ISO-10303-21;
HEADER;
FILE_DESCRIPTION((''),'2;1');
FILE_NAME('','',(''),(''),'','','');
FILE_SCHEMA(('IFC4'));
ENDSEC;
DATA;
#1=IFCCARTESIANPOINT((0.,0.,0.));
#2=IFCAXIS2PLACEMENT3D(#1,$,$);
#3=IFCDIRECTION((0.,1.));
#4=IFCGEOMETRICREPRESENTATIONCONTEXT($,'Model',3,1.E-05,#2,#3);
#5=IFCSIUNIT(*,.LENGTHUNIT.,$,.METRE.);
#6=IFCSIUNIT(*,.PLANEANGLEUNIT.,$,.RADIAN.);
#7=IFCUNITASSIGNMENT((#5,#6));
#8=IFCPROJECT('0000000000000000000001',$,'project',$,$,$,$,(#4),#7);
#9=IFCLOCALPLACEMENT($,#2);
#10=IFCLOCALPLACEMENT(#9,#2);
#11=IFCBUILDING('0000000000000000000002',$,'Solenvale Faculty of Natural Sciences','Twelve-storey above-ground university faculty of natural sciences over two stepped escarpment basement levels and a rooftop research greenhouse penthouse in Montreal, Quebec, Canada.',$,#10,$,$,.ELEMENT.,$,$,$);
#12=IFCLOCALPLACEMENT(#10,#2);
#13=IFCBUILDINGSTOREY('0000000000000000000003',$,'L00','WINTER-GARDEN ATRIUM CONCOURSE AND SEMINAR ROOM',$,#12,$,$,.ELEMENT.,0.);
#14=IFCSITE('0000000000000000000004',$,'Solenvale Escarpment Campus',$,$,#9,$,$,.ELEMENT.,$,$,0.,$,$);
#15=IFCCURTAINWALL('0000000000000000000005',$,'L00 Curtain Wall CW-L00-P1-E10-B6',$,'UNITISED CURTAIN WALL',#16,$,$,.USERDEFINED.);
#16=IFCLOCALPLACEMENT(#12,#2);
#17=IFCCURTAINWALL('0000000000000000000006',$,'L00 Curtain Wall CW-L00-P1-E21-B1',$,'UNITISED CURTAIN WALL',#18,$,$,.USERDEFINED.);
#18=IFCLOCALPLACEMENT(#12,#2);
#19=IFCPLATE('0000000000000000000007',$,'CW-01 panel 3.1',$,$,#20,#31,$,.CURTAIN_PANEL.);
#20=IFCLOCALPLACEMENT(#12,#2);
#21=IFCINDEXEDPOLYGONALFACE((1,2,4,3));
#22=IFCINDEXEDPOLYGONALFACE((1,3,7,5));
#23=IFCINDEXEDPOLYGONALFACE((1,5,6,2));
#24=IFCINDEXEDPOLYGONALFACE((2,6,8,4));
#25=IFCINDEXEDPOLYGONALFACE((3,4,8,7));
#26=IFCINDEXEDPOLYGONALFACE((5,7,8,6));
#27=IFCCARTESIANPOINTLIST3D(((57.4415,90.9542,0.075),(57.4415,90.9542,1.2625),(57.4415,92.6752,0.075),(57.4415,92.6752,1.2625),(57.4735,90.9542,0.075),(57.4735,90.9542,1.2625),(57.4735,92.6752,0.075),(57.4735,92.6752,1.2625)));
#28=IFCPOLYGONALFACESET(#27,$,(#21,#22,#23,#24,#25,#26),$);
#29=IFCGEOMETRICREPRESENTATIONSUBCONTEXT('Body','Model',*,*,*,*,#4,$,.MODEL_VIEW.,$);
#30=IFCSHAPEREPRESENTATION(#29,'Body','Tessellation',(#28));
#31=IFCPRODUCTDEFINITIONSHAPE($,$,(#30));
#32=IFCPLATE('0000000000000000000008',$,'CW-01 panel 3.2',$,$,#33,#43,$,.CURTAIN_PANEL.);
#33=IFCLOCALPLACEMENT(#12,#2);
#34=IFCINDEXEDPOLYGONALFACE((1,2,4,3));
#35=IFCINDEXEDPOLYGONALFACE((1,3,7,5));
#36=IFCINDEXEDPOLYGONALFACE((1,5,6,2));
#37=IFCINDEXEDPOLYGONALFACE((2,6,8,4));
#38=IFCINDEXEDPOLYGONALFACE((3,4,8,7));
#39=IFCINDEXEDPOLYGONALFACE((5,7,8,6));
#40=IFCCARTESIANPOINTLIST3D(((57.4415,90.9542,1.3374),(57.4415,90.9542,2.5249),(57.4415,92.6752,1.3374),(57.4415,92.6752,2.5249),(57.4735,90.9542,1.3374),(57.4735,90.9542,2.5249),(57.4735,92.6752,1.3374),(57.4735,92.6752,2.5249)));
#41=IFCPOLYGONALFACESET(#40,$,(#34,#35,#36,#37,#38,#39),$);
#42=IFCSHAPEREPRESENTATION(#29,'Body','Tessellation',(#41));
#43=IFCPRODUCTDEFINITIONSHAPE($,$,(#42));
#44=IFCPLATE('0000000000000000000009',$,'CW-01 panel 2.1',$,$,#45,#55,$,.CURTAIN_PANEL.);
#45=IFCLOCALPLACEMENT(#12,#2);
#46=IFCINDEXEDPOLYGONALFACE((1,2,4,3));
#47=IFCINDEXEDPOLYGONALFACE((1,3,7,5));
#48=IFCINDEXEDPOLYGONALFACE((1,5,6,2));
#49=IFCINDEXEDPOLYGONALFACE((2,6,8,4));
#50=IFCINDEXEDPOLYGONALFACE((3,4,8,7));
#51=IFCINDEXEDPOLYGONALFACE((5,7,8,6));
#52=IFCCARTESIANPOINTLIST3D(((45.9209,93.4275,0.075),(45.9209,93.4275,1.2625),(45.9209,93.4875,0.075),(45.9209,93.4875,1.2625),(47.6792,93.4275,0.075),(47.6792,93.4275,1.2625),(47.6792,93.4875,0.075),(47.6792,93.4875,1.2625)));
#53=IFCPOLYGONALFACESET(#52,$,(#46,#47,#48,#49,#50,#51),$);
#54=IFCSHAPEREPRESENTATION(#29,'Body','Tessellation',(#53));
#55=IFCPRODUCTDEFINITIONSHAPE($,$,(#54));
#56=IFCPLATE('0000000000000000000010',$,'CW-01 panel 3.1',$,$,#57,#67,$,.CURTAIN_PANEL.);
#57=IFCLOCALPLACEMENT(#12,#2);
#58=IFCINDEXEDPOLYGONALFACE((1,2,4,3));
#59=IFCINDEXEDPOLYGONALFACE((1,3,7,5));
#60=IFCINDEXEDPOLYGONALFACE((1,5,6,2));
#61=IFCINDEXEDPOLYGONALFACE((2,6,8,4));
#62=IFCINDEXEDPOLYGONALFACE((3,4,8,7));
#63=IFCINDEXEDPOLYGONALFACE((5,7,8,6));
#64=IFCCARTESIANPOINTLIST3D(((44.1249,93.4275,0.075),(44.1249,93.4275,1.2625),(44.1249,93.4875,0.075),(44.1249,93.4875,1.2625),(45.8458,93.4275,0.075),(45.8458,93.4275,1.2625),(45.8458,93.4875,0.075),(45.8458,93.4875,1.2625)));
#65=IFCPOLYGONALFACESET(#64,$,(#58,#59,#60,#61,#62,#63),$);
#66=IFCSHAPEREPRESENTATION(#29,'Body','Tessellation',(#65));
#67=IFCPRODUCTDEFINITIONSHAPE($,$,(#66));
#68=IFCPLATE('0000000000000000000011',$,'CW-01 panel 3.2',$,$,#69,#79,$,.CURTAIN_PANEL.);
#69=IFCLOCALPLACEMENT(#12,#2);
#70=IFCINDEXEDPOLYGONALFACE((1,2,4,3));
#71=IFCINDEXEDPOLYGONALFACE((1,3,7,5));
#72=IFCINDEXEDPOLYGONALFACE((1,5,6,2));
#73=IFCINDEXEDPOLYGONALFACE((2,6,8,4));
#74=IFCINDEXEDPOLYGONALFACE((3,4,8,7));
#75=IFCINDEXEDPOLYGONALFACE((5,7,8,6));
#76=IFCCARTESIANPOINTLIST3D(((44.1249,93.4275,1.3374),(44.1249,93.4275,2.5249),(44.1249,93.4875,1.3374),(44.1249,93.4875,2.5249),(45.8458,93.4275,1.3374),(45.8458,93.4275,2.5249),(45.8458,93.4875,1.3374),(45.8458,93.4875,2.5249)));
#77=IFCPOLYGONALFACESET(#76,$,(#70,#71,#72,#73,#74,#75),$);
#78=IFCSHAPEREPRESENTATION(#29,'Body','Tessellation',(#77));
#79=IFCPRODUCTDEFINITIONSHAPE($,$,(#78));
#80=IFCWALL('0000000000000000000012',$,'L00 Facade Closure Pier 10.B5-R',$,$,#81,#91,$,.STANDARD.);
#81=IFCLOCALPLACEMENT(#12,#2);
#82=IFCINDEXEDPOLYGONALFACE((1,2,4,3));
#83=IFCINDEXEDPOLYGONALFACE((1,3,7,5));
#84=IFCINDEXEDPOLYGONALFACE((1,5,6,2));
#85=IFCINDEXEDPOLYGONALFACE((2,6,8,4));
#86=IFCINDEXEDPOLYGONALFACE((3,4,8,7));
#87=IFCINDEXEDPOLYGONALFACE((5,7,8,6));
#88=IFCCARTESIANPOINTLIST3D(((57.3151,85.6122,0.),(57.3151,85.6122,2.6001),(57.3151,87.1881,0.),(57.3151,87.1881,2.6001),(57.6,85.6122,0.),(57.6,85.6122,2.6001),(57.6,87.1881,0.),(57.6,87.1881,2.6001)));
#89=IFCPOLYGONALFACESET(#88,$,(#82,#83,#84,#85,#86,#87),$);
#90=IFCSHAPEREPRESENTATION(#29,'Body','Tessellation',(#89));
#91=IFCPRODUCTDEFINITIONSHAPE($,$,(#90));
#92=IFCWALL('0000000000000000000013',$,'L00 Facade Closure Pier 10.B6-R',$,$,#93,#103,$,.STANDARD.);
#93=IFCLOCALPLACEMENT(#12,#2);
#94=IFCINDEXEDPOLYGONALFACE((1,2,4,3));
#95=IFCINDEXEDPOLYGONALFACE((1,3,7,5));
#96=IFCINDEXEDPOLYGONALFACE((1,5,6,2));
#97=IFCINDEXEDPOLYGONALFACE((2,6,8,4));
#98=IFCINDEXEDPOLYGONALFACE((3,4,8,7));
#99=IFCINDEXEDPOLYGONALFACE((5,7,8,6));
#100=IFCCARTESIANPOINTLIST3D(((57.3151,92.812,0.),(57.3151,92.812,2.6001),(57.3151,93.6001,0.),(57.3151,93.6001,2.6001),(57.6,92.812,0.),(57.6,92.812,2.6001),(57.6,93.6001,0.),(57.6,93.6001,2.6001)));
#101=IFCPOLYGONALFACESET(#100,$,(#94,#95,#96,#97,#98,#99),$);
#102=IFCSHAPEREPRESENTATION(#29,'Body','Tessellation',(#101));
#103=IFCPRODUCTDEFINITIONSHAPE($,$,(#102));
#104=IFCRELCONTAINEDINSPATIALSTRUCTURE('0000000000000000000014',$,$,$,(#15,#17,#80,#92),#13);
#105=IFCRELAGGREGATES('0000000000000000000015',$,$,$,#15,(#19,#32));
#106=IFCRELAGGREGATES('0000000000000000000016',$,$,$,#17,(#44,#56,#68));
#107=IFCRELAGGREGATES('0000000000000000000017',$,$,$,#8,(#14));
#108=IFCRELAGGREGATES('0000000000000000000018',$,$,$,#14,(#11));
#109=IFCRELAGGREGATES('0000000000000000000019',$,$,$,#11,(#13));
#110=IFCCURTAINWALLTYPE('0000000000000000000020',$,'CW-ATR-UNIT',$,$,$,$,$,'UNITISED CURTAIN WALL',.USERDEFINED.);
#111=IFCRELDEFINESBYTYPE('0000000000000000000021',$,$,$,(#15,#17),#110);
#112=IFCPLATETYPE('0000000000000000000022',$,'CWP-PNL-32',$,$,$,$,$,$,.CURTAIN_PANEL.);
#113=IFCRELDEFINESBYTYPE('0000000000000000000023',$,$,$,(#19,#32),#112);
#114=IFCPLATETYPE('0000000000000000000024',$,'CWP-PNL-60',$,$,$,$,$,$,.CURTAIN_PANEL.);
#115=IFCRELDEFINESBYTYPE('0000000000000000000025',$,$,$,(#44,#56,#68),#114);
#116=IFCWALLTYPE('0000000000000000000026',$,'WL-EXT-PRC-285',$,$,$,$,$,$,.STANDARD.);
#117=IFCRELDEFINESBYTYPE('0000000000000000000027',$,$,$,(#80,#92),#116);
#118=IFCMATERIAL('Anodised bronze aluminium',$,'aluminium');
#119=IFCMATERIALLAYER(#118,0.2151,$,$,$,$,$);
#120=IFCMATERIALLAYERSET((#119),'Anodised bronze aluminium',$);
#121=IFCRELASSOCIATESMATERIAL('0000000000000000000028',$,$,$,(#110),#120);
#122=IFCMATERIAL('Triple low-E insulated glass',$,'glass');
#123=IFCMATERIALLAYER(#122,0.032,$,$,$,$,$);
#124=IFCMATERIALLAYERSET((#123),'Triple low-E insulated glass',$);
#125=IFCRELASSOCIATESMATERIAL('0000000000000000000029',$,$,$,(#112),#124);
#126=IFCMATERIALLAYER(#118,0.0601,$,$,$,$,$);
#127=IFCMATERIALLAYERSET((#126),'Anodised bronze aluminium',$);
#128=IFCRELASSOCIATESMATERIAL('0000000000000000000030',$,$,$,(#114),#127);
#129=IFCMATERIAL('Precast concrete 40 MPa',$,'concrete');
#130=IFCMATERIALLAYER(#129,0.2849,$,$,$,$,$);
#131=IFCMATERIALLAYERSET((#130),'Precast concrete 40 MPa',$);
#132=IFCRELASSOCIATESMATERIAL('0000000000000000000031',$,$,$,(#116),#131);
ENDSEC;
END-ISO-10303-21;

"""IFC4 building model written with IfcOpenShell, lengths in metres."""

from ifc_helpers import new_model, si_unit, direction, frame, frame_2d, origin, origin_2d, place, context, subcontext, project, spatial, rectangle, extrude, material, layer, layer_set, type_object, element, aggregate, save


model = new_model("IFC4")

# Units and contexts
model_context = context("Model", 3, precision=1e-05, world=origin(), true_north=direction((0.0, 1.0)))
body_context = subcontext(model_context, "Body", "Model", "MODEL_VIEW")
ifc_project = project(units=[si_unit("LENGTHUNIT", "METRE"), si_unit("PLANEANGLEUNIT", "RADIAN")], contexts=[model_context])

# Site, building, storey
site_placement = place(None, origin())
site = spatial("IfcSite", under=ifc_project, at=site_placement, Name="Solenvale Escarpment Campus", CompositionType="ELEMENT", RefElevation=0.0)
building_placement = place(site_placement, origin())
building = spatial("IfcBuilding", under=site, at=building_placement, Name="Solenvale Faculty of Natural Sciences", Description="Twelve-storey above-ground university faculty of natural sciences over two stepped escarpment basement levels and a rooftop research greenhouse penthouse in Montreal, Quebec, Canada.", CompositionType="ELEMENT")
storey_placement = place(building_placement, origin())
storey = spatial("IfcBuildingStorey", under=building, at=storey_placement, Name="L00", Description="WINTER-GARDEN ATRIUM CONCOURSE AND SEMINAR ROOM", CompositionType="ELEMENT", Elevation=0.0)

# Shared definitions
ifc_material_1 = material(Name="Anodised bronze aluminium", Category="aluminium")
ifc_layer_1 = layer(ifc_material_1, 0.2151)
ifc_layer_set_1 = layer_set([ifc_layer_1], Name="Anodised bronze aluminium")
curtain_wall_type = type_object("IfcCurtainWallType", Name="CW-ATR-UNIT", ElementType="UNITISED CURTAIN WALL", PredefinedType="USERDEFINED", material=ifc_layer_set_1)

# Curtain walls
curtain_wall_1_placement = place(storey_placement, origin())
curtain_wall_1 = element("IfcCurtainWall", 1, at=curtain_wall_1_placement, inside=storey, type_object=curtain_wall_type, Name="L00 Curtain Wall CW-L00-P1-E10-B6", ObjectType="UNITISED CURTAIN WALL", PredefinedType="USERDEFINED")
curtain_wall_2_placement = place(storey_placement, origin())
curtain_wall_2 = element("IfcCurtainWall", 2, at=curtain_wall_2_placement, inside=storey, type_object=curtain_wall_type, Name="L00 Curtain Wall CW-L00-P1-E21-B1", ObjectType="UNITISED CURTAIN WALL", PredefinedType="USERDEFINED")

# Plates
ifc_material_2 = material(Name="Triple low-E insulated glass", Category="glass")
ifc_layer_2 = layer(ifc_material_2, 0.032)
ifc_layer_set_2 = layer_set([ifc_layer_2], Name="Triple low-E insulated glass")
plate_type_1 = type_object("IfcPlateType", Name="CWP-PNL-32", PredefinedType="CURTAIN_PANEL", material=ifc_layer_set_2)
plate_1_placement = place(storey_placement, frame((57.4575, 91.8147, 0.075), z_axis=(0.0, 0.0, 1.0), x_axis=(0.0, 1.0, 0.0)))
plate_1 = element("IfcPlate", 3, at=plate_1_placement, type_object=plate_type_1, Name="CW-01 panel 3.1", PredefinedType="CURTAIN_PANEL", context=body_context, shape_type="SweptSolid", body=[
    extrude(rectangle(XDim=1.7209, YDim=0.032, at=origin_2d()), origin(), (0.0, 0.0, 1.0), 1.1875),
])
plate_2_placement = place(storey_placement, frame((57.4575, 91.8147, 1.3374), z_axis=(0.0, 0.0, 1.0), x_axis=(0.0, 1.0, 0.0)))
plate_2 = element("IfcPlate", 4, at=plate_2_placement, type_object=plate_type_1, Name="CW-01 panel 3.2", PredefinedType="CURTAIN_PANEL", context=body_context, shape_type="SweptSolid", body=[
    extrude(rectangle(XDim=1.7209, YDim=0.032, at=origin_2d()), origin(), (0.0, 0.0, 1.0), 1.1875),
])
aggregate(curtain_wall_1, [plate_1, plate_2])
ifc_layer_3 = layer(ifc_material_1, 0.0601)
ifc_layer_set_3 = layer_set([ifc_layer_3], Name="Anodised bronze aluminium")
plate_type_2 = type_object("IfcPlateType", Name="CWP-PNL-60", PredefinedType="CURTAIN_PANEL", material=ifc_layer_set_3)
plate_3_placement = place(storey_placement, frame((46.8, 93.4575, 0.075), z_axis=(0.0, 0.0, 1.0), x_axis=(-1.0, 0.0, 0.0)))
plate_3 = element("IfcPlate", 5, at=plate_3_placement, type_object=plate_type_2, Name="CW-01 panel 2.1", PredefinedType="CURTAIN_PANEL", context=body_context, shape_type="SweptSolid", body=[
    extrude(rectangle(XDim=1.7583, YDim=0.0601, at=origin_2d()), origin(), (0.0, 0.0, 1.0), 1.1875),
])
plate_4_placement = place(storey_placement, frame((44.9854, 93.4575, 0.075), z_axis=(0.0, 0.0, 1.0), x_axis=(-1.0, 0.0, 0.0)))
plate_4 = element("IfcPlate", 6, at=plate_4_placement, type_object=plate_type_2, Name="CW-01 panel 3.1", PredefinedType="CURTAIN_PANEL", context=body_context, shape_type="SweptSolid", body=[
    extrude(rectangle(XDim=1.7209, YDim=0.0601, at=origin_2d()), origin(), (0.0, 0.0, 1.0), 1.1875),
])
plate_5_placement = place(storey_placement, frame((44.9854, 93.4575, 1.3374), z_axis=(0.0, 0.0, 1.0), x_axis=(-1.0, 0.0, 0.0)))
plate_5 = element("IfcPlate", 7, at=plate_5_placement, type_object=plate_type_2, Name="CW-01 panel 3.2", PredefinedType="CURTAIN_PANEL", context=body_context, shape_type="SweptSolid", body=[
    extrude(rectangle(XDim=1.7209, YDim=0.0601, at=origin_2d()), origin(), (0.0, 0.0, 1.0), 1.1875),
])
aggregate(curtain_wall_2, [plate_3, plate_4, plate_5])

# Walls
ifc_material_3 = material(Name="Precast concrete 40 MPa", Category="concrete")
ifc_layer_4 = layer(ifc_material_3, 0.2849)
ifc_layer_set_4 = layer_set([ifc_layer_4], Name="Precast concrete 40 MPa")
wall_type = type_object("IfcWallType", Name="WL-EXT-PRC-285", PredefinedType="STANDARD", material=ifc_layer_set_4)
wall_1_placement = place(storey_placement, frame((57.4575, 85.6121, 0.0), z_axis=(0.0, 0.0, 1.0), x_axis=(0.0, 1.0, 0.0)))
element("IfcWall", 8, at=wall_1_placement, inside=storey, type_object=wall_type, Name="L00 Facade Closure Pier 10.B5-R", PredefinedType="STANDARD", context=body_context, shape_type="SweptSolid", body=[
    extrude(rectangle(XDim=1.5759, YDim=0.2849, at=frame_2d((0.7881, 0.0))), origin(), (0.0, 0.0, 1.0), 2.6001),
])
wall_2_placement = place(storey_placement, frame((57.4575, 92.812, 0.0), z_axis=(0.0, 0.0, 1.0), x_axis=(0.0, 1.0, 0.0)))
element("IfcWall", 9, at=wall_2_placement, inside=storey, type_object=wall_type, Name="L00 Facade Closure Pier 10.B6-R", PredefinedType="STANDARD", context=body_context, shape_type="SweptSolid", body=[
    extrude(rectangle(XDim=0.7881, YDim=0.2849, at=frame_2d((0.394, 0.0))), origin(), (0.0, 0.0, 1.0), 2.6001),
])

save(model, "model.ifc")
